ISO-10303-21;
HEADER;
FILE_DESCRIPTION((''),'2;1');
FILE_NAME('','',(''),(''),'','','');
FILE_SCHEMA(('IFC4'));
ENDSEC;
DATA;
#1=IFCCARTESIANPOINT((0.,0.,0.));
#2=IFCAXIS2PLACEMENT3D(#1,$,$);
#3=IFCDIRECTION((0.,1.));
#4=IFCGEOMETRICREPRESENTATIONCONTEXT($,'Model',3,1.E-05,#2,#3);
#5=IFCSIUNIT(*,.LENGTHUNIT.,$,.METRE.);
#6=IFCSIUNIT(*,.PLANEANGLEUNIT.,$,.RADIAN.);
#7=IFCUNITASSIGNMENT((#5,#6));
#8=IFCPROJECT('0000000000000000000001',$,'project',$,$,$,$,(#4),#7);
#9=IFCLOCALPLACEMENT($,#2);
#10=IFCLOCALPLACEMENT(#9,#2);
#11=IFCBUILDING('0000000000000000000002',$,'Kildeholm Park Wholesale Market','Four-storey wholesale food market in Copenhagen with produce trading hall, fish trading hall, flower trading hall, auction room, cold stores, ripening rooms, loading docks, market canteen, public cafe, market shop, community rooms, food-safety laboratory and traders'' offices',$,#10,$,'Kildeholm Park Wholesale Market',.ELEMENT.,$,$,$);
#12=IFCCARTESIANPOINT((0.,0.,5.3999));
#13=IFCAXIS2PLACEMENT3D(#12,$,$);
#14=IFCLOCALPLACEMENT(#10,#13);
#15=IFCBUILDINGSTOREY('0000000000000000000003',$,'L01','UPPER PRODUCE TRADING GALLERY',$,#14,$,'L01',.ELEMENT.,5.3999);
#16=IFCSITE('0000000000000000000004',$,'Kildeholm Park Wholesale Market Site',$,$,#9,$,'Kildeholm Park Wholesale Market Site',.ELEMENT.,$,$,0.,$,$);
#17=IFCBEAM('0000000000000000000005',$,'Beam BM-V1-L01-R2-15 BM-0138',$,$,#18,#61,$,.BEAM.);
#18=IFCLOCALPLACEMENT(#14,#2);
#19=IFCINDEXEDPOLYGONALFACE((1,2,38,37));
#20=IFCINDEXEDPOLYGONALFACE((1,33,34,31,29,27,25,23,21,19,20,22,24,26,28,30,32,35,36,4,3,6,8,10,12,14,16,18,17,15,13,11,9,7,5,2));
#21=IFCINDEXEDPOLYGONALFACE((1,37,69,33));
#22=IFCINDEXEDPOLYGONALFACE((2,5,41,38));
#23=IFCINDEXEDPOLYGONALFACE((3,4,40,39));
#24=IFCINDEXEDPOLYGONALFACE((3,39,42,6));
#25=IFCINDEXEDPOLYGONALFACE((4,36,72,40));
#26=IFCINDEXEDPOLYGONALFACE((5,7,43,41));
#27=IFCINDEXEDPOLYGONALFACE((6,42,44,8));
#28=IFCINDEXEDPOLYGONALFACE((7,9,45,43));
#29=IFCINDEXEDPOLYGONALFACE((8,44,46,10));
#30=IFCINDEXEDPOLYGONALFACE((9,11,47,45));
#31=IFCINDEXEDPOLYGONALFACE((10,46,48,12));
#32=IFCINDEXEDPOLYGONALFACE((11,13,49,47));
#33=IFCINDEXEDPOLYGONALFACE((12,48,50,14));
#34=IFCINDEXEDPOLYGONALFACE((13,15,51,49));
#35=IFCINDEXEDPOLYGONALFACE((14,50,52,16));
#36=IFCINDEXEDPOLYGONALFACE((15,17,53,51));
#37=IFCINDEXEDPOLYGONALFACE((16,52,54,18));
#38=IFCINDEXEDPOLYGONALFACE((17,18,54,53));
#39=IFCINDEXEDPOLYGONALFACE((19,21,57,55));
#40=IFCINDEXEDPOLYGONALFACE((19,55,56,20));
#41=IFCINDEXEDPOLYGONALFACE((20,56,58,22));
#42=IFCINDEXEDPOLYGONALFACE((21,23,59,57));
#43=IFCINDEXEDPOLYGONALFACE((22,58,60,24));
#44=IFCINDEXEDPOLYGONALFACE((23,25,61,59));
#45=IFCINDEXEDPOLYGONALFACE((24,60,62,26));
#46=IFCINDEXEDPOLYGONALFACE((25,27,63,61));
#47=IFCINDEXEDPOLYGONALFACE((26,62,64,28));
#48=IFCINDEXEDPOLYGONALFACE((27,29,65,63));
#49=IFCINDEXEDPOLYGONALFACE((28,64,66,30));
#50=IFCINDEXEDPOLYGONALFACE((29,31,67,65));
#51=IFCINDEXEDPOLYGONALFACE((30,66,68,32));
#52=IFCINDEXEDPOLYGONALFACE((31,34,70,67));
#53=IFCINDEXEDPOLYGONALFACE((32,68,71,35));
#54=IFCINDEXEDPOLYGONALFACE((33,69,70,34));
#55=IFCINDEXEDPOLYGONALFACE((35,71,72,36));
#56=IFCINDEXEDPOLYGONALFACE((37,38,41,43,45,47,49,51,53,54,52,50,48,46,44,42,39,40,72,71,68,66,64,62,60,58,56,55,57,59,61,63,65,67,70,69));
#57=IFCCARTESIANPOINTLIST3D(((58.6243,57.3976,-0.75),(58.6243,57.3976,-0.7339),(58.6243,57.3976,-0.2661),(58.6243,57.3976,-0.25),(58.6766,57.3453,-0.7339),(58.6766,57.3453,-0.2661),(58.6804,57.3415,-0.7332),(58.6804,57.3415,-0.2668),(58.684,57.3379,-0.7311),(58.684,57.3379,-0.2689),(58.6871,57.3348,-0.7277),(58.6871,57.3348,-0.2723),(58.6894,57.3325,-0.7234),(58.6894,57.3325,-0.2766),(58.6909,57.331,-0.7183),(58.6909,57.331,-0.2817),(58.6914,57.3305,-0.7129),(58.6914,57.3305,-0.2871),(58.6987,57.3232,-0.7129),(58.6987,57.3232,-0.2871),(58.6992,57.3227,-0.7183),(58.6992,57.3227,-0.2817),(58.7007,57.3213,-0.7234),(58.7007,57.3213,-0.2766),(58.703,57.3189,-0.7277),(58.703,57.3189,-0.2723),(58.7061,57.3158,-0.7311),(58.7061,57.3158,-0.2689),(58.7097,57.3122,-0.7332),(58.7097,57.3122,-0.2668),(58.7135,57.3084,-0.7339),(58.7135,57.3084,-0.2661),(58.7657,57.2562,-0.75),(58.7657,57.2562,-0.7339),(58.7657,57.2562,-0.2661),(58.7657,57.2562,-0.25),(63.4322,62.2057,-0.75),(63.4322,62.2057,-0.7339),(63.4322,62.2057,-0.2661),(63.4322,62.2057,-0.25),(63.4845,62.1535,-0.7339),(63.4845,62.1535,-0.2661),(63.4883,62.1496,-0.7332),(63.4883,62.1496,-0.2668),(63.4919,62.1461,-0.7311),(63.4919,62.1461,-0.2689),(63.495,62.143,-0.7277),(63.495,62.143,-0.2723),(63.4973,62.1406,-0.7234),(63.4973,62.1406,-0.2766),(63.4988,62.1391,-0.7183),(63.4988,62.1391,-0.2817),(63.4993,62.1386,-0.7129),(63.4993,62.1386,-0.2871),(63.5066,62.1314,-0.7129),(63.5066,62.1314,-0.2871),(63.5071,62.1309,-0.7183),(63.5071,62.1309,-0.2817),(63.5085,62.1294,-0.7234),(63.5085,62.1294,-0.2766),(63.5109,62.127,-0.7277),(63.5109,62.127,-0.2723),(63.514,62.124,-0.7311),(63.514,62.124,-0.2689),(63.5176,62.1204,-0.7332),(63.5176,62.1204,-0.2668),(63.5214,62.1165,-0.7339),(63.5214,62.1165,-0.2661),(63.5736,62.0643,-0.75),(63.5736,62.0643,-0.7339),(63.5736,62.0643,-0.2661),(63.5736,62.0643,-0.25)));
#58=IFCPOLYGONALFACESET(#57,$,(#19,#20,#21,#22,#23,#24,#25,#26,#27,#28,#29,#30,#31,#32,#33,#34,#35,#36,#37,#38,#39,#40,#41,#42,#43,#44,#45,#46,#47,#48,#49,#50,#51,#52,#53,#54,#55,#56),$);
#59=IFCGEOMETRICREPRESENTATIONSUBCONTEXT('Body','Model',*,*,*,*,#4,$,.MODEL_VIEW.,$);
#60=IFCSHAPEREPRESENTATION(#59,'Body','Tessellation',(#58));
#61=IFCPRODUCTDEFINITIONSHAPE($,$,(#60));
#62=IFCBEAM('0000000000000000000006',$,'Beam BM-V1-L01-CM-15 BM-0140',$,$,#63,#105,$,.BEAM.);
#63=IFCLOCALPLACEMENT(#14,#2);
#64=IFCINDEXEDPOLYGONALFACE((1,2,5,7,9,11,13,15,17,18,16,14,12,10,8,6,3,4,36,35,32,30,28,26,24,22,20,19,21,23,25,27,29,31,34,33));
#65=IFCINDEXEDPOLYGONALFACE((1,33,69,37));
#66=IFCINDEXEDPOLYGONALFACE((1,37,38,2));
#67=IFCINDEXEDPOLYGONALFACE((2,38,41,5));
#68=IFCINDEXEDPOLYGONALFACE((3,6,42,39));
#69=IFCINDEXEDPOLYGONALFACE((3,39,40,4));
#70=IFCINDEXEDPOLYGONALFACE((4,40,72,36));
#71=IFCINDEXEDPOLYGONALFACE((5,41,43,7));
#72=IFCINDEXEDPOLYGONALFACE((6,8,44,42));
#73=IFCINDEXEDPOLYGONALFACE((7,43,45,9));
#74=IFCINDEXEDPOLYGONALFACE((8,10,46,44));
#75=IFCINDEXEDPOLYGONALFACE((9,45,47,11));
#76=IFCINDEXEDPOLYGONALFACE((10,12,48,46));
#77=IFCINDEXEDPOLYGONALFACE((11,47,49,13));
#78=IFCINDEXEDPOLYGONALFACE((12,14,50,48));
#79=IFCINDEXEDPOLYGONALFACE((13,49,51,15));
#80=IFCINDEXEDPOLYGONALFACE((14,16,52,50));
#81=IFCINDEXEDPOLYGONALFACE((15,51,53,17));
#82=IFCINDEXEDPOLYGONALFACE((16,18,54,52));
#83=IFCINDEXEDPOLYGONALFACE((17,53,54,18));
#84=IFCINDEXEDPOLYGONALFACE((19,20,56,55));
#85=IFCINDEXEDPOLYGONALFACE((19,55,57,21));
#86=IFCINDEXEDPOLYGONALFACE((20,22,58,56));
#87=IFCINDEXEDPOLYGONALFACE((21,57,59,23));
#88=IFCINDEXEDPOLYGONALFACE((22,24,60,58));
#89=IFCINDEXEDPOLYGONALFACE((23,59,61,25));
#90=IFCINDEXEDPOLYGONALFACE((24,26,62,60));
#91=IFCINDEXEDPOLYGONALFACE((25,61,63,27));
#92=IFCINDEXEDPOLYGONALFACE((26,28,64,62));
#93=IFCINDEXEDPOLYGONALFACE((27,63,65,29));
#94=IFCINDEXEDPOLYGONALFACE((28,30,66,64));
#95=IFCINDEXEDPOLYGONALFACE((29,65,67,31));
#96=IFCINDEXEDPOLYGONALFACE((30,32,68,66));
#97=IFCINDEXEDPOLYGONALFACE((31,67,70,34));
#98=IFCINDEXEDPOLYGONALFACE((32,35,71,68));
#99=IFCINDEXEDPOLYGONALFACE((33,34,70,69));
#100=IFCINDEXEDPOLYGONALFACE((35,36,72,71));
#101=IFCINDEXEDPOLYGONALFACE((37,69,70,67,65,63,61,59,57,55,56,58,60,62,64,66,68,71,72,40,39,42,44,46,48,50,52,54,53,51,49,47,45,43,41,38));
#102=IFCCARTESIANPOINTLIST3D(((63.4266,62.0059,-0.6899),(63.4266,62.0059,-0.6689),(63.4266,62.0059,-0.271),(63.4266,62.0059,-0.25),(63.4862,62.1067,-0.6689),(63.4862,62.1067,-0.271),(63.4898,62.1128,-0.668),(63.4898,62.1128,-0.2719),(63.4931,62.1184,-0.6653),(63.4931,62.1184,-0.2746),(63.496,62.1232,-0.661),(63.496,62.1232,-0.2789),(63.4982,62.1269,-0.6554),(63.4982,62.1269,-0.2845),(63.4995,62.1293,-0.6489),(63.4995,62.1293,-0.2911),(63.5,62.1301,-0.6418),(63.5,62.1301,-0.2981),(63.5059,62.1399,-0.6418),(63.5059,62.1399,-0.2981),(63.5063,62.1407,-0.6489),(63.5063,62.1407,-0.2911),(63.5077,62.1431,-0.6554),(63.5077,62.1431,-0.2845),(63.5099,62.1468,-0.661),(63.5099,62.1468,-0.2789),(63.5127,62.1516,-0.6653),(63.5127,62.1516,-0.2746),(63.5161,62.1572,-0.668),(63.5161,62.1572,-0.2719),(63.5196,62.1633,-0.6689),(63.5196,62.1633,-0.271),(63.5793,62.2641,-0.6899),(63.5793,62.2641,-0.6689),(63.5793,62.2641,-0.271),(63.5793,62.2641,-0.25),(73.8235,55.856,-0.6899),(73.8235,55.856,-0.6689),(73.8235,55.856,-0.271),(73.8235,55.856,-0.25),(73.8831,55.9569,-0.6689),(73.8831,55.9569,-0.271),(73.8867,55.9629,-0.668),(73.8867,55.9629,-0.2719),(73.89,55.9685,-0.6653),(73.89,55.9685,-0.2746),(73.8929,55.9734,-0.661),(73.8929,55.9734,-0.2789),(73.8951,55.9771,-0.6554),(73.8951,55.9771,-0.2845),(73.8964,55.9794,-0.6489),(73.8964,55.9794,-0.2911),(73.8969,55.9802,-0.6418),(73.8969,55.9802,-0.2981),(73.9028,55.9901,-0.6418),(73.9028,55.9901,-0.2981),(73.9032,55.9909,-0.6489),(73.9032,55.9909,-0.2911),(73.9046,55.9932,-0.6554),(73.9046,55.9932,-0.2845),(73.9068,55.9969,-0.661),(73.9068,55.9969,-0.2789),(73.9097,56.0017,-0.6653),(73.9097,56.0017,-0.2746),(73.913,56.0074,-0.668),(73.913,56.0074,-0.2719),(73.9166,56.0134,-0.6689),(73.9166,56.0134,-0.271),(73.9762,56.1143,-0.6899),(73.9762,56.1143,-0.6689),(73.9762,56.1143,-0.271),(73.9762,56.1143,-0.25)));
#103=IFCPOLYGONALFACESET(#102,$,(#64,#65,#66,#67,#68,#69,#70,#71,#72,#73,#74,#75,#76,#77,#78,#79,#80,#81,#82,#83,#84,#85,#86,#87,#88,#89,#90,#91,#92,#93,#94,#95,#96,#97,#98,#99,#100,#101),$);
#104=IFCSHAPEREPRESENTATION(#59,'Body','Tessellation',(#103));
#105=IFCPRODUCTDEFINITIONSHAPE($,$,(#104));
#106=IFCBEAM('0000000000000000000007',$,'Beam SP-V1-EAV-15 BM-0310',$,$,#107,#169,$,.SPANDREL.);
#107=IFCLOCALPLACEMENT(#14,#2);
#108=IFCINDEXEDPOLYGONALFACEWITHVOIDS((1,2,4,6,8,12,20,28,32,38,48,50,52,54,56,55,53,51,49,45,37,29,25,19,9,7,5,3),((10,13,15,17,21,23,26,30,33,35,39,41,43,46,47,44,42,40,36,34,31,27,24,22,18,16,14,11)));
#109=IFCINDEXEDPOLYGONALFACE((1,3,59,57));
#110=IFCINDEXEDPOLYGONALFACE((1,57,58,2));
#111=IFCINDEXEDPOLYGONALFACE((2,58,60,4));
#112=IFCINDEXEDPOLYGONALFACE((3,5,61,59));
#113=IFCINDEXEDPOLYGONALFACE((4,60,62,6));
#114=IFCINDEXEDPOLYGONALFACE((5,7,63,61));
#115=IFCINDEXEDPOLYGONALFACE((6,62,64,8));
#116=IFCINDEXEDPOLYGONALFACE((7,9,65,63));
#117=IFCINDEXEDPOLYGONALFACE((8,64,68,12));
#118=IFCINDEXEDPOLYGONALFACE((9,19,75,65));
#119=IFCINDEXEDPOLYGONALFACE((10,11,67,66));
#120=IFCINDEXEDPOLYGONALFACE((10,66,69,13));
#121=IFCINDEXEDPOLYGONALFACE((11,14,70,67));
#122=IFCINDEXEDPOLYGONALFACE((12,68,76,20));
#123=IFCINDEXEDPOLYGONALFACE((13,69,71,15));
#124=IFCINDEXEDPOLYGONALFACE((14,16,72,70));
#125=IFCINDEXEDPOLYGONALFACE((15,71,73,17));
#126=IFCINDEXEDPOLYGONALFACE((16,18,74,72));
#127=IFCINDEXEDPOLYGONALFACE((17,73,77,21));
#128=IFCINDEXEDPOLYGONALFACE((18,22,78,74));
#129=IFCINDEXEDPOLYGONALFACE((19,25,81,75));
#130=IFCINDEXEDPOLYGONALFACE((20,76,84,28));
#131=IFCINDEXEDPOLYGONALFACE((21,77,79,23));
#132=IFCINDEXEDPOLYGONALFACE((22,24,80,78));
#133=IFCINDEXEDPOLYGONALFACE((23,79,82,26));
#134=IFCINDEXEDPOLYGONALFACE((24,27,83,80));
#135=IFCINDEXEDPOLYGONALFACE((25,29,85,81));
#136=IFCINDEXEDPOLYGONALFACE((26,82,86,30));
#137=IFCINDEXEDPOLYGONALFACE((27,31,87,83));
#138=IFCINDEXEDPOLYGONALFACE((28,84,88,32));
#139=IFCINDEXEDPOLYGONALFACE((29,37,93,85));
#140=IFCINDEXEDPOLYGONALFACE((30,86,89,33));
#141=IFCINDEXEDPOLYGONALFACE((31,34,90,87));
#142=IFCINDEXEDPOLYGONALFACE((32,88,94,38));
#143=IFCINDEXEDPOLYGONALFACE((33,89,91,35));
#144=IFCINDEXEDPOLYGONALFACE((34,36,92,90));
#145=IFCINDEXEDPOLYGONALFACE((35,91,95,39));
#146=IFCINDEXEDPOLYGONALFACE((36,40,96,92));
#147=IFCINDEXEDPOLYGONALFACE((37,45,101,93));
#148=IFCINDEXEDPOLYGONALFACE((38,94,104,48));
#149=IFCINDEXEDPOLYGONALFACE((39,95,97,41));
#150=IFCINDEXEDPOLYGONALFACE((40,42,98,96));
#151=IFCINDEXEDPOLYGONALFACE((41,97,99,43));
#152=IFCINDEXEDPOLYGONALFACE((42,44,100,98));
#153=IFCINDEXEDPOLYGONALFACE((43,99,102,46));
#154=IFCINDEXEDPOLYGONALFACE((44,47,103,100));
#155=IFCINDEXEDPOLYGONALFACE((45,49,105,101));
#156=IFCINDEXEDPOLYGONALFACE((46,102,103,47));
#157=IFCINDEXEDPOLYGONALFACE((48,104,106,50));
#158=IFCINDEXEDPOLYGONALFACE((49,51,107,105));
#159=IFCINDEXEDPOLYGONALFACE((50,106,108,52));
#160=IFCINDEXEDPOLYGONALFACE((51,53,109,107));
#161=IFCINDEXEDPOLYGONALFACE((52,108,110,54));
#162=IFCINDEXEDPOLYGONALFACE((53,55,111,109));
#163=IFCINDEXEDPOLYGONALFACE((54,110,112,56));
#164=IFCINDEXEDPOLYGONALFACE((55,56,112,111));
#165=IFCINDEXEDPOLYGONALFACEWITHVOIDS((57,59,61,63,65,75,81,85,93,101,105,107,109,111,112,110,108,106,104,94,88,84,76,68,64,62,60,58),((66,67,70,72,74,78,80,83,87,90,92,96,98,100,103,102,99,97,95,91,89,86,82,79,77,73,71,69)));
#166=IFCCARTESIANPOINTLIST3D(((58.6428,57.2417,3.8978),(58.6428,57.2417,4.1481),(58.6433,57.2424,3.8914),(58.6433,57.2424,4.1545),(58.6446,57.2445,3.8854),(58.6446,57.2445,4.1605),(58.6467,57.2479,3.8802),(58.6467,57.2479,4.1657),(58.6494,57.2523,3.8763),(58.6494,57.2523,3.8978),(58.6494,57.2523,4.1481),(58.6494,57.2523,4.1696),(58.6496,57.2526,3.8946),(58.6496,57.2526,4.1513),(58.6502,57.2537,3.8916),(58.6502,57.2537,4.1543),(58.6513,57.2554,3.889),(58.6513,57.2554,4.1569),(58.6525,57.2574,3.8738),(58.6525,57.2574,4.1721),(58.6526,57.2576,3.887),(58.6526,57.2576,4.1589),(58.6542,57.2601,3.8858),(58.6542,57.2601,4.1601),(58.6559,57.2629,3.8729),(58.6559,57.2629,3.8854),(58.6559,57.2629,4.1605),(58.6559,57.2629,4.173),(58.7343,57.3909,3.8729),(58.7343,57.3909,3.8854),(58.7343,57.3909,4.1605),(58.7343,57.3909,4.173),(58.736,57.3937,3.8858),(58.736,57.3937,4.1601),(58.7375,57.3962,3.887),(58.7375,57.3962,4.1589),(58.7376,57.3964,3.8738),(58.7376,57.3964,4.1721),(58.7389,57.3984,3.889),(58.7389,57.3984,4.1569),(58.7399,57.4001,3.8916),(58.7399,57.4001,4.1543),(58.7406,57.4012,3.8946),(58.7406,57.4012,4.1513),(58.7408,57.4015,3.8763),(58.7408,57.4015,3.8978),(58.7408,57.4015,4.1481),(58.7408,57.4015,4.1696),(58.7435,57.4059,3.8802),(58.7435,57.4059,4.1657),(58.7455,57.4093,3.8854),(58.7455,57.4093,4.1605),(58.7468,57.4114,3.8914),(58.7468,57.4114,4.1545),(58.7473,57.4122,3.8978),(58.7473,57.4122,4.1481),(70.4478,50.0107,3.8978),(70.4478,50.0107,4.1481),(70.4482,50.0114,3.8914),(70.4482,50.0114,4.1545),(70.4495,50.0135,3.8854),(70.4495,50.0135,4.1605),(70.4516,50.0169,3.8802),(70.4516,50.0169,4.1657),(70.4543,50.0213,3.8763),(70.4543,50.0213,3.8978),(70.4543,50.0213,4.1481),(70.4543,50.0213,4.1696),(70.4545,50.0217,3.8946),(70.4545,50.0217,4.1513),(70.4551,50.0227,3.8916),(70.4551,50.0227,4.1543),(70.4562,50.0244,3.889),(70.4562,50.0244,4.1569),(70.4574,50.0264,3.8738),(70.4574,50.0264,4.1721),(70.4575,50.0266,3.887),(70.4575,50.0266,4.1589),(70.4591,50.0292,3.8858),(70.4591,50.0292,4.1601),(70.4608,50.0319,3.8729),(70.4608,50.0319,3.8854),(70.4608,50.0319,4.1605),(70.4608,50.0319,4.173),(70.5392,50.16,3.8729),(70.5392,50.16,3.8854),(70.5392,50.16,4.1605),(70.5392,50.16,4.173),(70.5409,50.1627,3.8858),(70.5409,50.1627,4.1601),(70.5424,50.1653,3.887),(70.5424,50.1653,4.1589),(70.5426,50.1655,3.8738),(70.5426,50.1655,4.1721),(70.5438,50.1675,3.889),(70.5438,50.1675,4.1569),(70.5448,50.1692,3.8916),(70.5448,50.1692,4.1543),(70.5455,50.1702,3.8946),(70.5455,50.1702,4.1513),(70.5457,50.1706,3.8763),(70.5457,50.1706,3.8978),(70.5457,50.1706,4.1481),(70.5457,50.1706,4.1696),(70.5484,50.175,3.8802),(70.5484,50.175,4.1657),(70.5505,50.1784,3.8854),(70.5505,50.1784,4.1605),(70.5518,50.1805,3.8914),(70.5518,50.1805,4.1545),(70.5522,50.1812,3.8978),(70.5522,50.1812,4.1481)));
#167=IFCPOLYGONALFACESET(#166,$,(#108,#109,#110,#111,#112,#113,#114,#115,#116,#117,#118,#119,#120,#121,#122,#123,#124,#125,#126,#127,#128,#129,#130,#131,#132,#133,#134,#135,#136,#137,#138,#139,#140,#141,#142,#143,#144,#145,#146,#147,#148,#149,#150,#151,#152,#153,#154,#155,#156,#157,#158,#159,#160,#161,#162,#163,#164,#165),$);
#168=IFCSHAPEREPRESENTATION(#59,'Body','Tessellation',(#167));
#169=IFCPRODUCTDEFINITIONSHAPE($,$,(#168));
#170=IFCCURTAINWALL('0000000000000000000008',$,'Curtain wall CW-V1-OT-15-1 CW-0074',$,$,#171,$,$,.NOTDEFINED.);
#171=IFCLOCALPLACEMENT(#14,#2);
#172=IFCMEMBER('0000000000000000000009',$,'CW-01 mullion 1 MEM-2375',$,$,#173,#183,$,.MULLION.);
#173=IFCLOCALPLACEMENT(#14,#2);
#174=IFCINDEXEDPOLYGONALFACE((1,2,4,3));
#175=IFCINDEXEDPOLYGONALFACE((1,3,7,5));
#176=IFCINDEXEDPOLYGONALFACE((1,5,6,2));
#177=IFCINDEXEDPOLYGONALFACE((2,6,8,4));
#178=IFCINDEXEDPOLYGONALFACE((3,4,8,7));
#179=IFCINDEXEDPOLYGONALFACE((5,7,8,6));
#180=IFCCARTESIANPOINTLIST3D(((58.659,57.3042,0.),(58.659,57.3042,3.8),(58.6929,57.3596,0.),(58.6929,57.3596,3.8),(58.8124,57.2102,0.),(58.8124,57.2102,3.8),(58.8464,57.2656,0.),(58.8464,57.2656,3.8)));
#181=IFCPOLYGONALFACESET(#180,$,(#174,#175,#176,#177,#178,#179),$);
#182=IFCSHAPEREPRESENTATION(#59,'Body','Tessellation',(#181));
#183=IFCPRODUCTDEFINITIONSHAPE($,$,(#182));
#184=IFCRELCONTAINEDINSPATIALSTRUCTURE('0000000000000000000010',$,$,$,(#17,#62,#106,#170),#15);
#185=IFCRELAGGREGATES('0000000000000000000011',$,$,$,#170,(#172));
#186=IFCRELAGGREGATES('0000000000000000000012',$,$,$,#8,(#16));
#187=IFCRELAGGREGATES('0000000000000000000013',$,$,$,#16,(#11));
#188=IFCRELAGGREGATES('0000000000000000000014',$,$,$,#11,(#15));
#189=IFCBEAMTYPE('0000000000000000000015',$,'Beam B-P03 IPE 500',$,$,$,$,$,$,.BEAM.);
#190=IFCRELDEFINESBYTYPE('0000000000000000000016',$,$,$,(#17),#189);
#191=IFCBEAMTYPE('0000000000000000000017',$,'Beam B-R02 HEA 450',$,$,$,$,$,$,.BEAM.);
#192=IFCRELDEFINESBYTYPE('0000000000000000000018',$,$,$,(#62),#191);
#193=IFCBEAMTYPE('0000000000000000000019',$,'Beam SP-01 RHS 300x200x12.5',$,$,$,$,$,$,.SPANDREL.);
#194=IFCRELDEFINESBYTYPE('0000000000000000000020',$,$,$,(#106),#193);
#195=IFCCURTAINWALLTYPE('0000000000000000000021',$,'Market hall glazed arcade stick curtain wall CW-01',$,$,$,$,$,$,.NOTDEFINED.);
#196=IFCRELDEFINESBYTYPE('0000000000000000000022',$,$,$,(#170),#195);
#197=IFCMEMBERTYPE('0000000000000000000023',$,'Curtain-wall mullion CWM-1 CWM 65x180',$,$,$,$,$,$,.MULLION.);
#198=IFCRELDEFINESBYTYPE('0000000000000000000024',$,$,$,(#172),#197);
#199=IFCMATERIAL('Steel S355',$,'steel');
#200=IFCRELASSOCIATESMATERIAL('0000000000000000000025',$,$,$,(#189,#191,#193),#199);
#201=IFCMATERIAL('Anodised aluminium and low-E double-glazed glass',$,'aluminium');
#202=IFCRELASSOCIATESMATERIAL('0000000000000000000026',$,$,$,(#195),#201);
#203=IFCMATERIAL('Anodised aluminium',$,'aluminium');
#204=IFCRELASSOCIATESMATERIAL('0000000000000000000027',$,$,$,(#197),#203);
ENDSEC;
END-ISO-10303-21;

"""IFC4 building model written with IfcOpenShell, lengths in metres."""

from ifc_helpers import new_model, si_unit, direction, frame, origin, origin_2d, place, context, subcontext, project, spatial, rectangle, hollow_rectangle, i_section, extrude, material, material_profile, profile_set, type_object, element, aggregate, save


model = new_model("IFC4")

# Units and contexts
model_context = context("Model", 3, precision=1e-05, world=origin(), true_north=direction((0.0, 1.0)))
body_context = subcontext(model_context, "Body", "Model", "MODEL_VIEW")
ifc_project = project(units=[si_unit("LENGTHUNIT", "METRE"), si_unit("PLANEANGLEUNIT", "RADIAN")], contexts=[model_context])

# Site, building, storey
site_placement = place(None, origin())
site = spatial("IfcSite", under=ifc_project, at=site_placement, Name="Kildeholm Park Wholesale Market Site", LongName="Kildeholm Park Wholesale Market Site", CompositionType="ELEMENT", RefElevation=0.0)
building_placement = place(site_placement, origin())
building = spatial("IfcBuilding", under=site, at=building_placement, Name="Kildeholm Park Wholesale Market", Description="Four-storey wholesale food market in Copenhagen with produce trading hall, fish trading hall, flower trading hall, auction room, cold stores, ripening rooms, loading docks, market canteen, public cafe, market shop, community rooms, food-safety laboratory and traders' offices", LongName="Kildeholm Park Wholesale Market", CompositionType="ELEMENT")
storey_placement = place(building_placement, frame((0.0, 0.0, 5.3999)))
storey = spatial("IfcBuildingStorey", under=building, at=storey_placement, Name="L01", Description="UPPER PRODUCE TRADING GALLERY", LongName="L01", CompositionType="ELEMENT", Elevation=5.3999)

# Shared definitions
ifc_material_1 = material(Name="Steel S355", Category="steel")

# Beams
ifc_material_profile_1 = material_profile(ifc_material_1, i_section(OverallWidth=0.2, OverallDepth=0.5, WebThickness=0.0103, FlangeThickness=0.0161, FilletRadius=0.021, at=origin_2d()), Name="IPE 500")
ifc_profile_set_1 = profile_set([ifc_material_profile_1], Name="Steel S355")
beam_type_1 = type_object("IfcBeamType", Name="Beam B-P03 IPE 500", PredefinedType="BEAM", material=ifc_profile_set_1)
beam_1_placement = place(storey_placement, frame((63.5029, 62.135, -0.5), z_axis=(-0.707089, -0.707125, 0.0), x_axis=(0.707125, -0.707089, 0.0)))
element("IfcBeam", 1, at=beam_1_placement, inside=storey, type_object=beam_type_1, Name="Beam BM-V1-L01-R2-15 BM-0138", PredefinedType="BEAM", context=body_context, shape_type="SweptSolid", body=[
    extrude(i_section(OverallWidth=0.2, OverallDepth=0.5, WebThickness=0.0103, FlangeThickness=0.0161, FilletRadius=0.021, at=origin_2d()), origin(), (0.0, 0.0, 1.0), 6.7996),
])
ifc_material_profile_2 = material_profile(ifc_material_1, i_section(OverallWidth=0.3, OverallDepth=0.4399, WebThickness=0.0115, FlangeThickness=0.021, FilletRadius=0.0271, at=origin_2d()), Name="HEA 450")
ifc_profile_set_2 = profile_set([ifc_material_profile_2], Name="Steel S355")
beam_type_2 = type_object("IfcBeamType", Name="Beam B-R02 HEA 450", PredefinedType="BEAM", material=ifc_profile_set_2)
beam_2_placement = place(storey_placement, frame((63.5029, 62.135, -0.47), z_axis=(0.8607, -0.509112, 0.0), x_axis=(0.509112, 0.8607, 0.0)))
element("IfcBeam", 2, at=beam_2_placement, inside=storey, type_object=beam_type_2, Name="Beam BM-V1-L01-CM-15 BM-0140", PredefinedType="BEAM", context=body_context, shape_type="SweptSolid", body=[
    extrude(i_section(OverallWidth=0.3, OverallDepth=0.4399, WebThickness=0.0115, FlangeThickness=0.021, FilletRadius=0.0271, at=origin_2d()), origin(), (0.0, 0.0, 1.0), 12.0796),
])
ifc_material_profile_3 = material_profile(ifc_material_1, hollow_rectangle(XDim=0.2, YDim=0.3, WallThickness=0.0125, InnerFilletRadius=0.0125, OuterFilletRadius=0.0249, at=origin_2d()), Name="RHS 300x200x12.5")
ifc_profile_set_3 = profile_set([ifc_material_profile_3], Name="Steel S355")
beam_type_3 = type_object("IfcBeamType", Name="Beam SP-01 RHS 300x200x12.5", PredefinedType="SPANDREL", material=ifc_profile_set_3)
beam_3_placement = place(storey_placement, frame((58.6951, 57.3269, 4.0229), z_axis=(0.85274, -0.522335, 0.0), x_axis=(0.522335, 0.85274, 0.0)))
element("IfcBeam", 3, at=beam_3_placement, inside=storey, type_object=beam_type_3, Name="Beam SP-V1-EAV-15 BM-0310", PredefinedType="SPANDREL", context=body_context, shape_type="SweptSolid", body=[
    extrude(hollow_rectangle(XDim=0.2, YDim=0.3, WallThickness=0.0125, InnerFilletRadius=0.0125, OuterFilletRadius=0.0249, at=origin_2d()), origin(), (0.0, 0.0, 1.0), 13.8435),
])

# Curtain wall, member
ifc_material_2 = material(Name="Anodised aluminium and low-E double-glazed glass", Category="aluminium")
curtain_wall_type = type_object("IfcCurtainWallType", Name="Market hall glazed arcade stick curtain wall CW-01", PredefinedType="NOTDEFINED", material=ifc_material_2)
curtain_wall_placement = place(storey_placement, origin())
curtain_wall = element("IfcCurtainWall", 4, at=curtain_wall_placement, inside=storey, type_object=curtain_wall_type, Name="Curtain wall CW-V1-OT-15-1 CW-0074", PredefinedType="NOTDEFINED")
ifc_material_3 = material(Name="Anodised aluminium", Category="aluminium")
ifc_material_profile_4 = material_profile(ifc_material_3, rectangle(XDim=0.0649, YDim=0.1799, at=origin_2d()), Name="CWM 65x180")
ifc_profile_set_4 = profile_set([ifc_material_profile_4], Name="Anodised aluminium")
member_type_1 = type_object("IfcMemberType", Name="Curtain-wall mullion CWM-1 CWM 65x180", PredefinedType="MULLION", material=ifc_profile_set_4)
member_1_placement = place(storey_placement, frame((58.7527, 57.2849, 0.0), z_axis=(0.0, 0.0, 1.0), x_axis=(0.522284, 0.852771, 0.0)))
member_1 = element("IfcMember", 5, at=member_1_placement, type_object=member_type_1, Name="CW-01 mullion 1 MEM-2375", PredefinedType="MULLION", context=body_context, shape_type="SweptSolid", body=[
    extrude(rectangle(XDim=0.0649, YDim=0.1799, at=origin_2d()), origin(), (0.0, 0.0, 1.0), 3.8),
])
aggregate(curtain_wall, [member_1])

save(model, "model.ifc")
